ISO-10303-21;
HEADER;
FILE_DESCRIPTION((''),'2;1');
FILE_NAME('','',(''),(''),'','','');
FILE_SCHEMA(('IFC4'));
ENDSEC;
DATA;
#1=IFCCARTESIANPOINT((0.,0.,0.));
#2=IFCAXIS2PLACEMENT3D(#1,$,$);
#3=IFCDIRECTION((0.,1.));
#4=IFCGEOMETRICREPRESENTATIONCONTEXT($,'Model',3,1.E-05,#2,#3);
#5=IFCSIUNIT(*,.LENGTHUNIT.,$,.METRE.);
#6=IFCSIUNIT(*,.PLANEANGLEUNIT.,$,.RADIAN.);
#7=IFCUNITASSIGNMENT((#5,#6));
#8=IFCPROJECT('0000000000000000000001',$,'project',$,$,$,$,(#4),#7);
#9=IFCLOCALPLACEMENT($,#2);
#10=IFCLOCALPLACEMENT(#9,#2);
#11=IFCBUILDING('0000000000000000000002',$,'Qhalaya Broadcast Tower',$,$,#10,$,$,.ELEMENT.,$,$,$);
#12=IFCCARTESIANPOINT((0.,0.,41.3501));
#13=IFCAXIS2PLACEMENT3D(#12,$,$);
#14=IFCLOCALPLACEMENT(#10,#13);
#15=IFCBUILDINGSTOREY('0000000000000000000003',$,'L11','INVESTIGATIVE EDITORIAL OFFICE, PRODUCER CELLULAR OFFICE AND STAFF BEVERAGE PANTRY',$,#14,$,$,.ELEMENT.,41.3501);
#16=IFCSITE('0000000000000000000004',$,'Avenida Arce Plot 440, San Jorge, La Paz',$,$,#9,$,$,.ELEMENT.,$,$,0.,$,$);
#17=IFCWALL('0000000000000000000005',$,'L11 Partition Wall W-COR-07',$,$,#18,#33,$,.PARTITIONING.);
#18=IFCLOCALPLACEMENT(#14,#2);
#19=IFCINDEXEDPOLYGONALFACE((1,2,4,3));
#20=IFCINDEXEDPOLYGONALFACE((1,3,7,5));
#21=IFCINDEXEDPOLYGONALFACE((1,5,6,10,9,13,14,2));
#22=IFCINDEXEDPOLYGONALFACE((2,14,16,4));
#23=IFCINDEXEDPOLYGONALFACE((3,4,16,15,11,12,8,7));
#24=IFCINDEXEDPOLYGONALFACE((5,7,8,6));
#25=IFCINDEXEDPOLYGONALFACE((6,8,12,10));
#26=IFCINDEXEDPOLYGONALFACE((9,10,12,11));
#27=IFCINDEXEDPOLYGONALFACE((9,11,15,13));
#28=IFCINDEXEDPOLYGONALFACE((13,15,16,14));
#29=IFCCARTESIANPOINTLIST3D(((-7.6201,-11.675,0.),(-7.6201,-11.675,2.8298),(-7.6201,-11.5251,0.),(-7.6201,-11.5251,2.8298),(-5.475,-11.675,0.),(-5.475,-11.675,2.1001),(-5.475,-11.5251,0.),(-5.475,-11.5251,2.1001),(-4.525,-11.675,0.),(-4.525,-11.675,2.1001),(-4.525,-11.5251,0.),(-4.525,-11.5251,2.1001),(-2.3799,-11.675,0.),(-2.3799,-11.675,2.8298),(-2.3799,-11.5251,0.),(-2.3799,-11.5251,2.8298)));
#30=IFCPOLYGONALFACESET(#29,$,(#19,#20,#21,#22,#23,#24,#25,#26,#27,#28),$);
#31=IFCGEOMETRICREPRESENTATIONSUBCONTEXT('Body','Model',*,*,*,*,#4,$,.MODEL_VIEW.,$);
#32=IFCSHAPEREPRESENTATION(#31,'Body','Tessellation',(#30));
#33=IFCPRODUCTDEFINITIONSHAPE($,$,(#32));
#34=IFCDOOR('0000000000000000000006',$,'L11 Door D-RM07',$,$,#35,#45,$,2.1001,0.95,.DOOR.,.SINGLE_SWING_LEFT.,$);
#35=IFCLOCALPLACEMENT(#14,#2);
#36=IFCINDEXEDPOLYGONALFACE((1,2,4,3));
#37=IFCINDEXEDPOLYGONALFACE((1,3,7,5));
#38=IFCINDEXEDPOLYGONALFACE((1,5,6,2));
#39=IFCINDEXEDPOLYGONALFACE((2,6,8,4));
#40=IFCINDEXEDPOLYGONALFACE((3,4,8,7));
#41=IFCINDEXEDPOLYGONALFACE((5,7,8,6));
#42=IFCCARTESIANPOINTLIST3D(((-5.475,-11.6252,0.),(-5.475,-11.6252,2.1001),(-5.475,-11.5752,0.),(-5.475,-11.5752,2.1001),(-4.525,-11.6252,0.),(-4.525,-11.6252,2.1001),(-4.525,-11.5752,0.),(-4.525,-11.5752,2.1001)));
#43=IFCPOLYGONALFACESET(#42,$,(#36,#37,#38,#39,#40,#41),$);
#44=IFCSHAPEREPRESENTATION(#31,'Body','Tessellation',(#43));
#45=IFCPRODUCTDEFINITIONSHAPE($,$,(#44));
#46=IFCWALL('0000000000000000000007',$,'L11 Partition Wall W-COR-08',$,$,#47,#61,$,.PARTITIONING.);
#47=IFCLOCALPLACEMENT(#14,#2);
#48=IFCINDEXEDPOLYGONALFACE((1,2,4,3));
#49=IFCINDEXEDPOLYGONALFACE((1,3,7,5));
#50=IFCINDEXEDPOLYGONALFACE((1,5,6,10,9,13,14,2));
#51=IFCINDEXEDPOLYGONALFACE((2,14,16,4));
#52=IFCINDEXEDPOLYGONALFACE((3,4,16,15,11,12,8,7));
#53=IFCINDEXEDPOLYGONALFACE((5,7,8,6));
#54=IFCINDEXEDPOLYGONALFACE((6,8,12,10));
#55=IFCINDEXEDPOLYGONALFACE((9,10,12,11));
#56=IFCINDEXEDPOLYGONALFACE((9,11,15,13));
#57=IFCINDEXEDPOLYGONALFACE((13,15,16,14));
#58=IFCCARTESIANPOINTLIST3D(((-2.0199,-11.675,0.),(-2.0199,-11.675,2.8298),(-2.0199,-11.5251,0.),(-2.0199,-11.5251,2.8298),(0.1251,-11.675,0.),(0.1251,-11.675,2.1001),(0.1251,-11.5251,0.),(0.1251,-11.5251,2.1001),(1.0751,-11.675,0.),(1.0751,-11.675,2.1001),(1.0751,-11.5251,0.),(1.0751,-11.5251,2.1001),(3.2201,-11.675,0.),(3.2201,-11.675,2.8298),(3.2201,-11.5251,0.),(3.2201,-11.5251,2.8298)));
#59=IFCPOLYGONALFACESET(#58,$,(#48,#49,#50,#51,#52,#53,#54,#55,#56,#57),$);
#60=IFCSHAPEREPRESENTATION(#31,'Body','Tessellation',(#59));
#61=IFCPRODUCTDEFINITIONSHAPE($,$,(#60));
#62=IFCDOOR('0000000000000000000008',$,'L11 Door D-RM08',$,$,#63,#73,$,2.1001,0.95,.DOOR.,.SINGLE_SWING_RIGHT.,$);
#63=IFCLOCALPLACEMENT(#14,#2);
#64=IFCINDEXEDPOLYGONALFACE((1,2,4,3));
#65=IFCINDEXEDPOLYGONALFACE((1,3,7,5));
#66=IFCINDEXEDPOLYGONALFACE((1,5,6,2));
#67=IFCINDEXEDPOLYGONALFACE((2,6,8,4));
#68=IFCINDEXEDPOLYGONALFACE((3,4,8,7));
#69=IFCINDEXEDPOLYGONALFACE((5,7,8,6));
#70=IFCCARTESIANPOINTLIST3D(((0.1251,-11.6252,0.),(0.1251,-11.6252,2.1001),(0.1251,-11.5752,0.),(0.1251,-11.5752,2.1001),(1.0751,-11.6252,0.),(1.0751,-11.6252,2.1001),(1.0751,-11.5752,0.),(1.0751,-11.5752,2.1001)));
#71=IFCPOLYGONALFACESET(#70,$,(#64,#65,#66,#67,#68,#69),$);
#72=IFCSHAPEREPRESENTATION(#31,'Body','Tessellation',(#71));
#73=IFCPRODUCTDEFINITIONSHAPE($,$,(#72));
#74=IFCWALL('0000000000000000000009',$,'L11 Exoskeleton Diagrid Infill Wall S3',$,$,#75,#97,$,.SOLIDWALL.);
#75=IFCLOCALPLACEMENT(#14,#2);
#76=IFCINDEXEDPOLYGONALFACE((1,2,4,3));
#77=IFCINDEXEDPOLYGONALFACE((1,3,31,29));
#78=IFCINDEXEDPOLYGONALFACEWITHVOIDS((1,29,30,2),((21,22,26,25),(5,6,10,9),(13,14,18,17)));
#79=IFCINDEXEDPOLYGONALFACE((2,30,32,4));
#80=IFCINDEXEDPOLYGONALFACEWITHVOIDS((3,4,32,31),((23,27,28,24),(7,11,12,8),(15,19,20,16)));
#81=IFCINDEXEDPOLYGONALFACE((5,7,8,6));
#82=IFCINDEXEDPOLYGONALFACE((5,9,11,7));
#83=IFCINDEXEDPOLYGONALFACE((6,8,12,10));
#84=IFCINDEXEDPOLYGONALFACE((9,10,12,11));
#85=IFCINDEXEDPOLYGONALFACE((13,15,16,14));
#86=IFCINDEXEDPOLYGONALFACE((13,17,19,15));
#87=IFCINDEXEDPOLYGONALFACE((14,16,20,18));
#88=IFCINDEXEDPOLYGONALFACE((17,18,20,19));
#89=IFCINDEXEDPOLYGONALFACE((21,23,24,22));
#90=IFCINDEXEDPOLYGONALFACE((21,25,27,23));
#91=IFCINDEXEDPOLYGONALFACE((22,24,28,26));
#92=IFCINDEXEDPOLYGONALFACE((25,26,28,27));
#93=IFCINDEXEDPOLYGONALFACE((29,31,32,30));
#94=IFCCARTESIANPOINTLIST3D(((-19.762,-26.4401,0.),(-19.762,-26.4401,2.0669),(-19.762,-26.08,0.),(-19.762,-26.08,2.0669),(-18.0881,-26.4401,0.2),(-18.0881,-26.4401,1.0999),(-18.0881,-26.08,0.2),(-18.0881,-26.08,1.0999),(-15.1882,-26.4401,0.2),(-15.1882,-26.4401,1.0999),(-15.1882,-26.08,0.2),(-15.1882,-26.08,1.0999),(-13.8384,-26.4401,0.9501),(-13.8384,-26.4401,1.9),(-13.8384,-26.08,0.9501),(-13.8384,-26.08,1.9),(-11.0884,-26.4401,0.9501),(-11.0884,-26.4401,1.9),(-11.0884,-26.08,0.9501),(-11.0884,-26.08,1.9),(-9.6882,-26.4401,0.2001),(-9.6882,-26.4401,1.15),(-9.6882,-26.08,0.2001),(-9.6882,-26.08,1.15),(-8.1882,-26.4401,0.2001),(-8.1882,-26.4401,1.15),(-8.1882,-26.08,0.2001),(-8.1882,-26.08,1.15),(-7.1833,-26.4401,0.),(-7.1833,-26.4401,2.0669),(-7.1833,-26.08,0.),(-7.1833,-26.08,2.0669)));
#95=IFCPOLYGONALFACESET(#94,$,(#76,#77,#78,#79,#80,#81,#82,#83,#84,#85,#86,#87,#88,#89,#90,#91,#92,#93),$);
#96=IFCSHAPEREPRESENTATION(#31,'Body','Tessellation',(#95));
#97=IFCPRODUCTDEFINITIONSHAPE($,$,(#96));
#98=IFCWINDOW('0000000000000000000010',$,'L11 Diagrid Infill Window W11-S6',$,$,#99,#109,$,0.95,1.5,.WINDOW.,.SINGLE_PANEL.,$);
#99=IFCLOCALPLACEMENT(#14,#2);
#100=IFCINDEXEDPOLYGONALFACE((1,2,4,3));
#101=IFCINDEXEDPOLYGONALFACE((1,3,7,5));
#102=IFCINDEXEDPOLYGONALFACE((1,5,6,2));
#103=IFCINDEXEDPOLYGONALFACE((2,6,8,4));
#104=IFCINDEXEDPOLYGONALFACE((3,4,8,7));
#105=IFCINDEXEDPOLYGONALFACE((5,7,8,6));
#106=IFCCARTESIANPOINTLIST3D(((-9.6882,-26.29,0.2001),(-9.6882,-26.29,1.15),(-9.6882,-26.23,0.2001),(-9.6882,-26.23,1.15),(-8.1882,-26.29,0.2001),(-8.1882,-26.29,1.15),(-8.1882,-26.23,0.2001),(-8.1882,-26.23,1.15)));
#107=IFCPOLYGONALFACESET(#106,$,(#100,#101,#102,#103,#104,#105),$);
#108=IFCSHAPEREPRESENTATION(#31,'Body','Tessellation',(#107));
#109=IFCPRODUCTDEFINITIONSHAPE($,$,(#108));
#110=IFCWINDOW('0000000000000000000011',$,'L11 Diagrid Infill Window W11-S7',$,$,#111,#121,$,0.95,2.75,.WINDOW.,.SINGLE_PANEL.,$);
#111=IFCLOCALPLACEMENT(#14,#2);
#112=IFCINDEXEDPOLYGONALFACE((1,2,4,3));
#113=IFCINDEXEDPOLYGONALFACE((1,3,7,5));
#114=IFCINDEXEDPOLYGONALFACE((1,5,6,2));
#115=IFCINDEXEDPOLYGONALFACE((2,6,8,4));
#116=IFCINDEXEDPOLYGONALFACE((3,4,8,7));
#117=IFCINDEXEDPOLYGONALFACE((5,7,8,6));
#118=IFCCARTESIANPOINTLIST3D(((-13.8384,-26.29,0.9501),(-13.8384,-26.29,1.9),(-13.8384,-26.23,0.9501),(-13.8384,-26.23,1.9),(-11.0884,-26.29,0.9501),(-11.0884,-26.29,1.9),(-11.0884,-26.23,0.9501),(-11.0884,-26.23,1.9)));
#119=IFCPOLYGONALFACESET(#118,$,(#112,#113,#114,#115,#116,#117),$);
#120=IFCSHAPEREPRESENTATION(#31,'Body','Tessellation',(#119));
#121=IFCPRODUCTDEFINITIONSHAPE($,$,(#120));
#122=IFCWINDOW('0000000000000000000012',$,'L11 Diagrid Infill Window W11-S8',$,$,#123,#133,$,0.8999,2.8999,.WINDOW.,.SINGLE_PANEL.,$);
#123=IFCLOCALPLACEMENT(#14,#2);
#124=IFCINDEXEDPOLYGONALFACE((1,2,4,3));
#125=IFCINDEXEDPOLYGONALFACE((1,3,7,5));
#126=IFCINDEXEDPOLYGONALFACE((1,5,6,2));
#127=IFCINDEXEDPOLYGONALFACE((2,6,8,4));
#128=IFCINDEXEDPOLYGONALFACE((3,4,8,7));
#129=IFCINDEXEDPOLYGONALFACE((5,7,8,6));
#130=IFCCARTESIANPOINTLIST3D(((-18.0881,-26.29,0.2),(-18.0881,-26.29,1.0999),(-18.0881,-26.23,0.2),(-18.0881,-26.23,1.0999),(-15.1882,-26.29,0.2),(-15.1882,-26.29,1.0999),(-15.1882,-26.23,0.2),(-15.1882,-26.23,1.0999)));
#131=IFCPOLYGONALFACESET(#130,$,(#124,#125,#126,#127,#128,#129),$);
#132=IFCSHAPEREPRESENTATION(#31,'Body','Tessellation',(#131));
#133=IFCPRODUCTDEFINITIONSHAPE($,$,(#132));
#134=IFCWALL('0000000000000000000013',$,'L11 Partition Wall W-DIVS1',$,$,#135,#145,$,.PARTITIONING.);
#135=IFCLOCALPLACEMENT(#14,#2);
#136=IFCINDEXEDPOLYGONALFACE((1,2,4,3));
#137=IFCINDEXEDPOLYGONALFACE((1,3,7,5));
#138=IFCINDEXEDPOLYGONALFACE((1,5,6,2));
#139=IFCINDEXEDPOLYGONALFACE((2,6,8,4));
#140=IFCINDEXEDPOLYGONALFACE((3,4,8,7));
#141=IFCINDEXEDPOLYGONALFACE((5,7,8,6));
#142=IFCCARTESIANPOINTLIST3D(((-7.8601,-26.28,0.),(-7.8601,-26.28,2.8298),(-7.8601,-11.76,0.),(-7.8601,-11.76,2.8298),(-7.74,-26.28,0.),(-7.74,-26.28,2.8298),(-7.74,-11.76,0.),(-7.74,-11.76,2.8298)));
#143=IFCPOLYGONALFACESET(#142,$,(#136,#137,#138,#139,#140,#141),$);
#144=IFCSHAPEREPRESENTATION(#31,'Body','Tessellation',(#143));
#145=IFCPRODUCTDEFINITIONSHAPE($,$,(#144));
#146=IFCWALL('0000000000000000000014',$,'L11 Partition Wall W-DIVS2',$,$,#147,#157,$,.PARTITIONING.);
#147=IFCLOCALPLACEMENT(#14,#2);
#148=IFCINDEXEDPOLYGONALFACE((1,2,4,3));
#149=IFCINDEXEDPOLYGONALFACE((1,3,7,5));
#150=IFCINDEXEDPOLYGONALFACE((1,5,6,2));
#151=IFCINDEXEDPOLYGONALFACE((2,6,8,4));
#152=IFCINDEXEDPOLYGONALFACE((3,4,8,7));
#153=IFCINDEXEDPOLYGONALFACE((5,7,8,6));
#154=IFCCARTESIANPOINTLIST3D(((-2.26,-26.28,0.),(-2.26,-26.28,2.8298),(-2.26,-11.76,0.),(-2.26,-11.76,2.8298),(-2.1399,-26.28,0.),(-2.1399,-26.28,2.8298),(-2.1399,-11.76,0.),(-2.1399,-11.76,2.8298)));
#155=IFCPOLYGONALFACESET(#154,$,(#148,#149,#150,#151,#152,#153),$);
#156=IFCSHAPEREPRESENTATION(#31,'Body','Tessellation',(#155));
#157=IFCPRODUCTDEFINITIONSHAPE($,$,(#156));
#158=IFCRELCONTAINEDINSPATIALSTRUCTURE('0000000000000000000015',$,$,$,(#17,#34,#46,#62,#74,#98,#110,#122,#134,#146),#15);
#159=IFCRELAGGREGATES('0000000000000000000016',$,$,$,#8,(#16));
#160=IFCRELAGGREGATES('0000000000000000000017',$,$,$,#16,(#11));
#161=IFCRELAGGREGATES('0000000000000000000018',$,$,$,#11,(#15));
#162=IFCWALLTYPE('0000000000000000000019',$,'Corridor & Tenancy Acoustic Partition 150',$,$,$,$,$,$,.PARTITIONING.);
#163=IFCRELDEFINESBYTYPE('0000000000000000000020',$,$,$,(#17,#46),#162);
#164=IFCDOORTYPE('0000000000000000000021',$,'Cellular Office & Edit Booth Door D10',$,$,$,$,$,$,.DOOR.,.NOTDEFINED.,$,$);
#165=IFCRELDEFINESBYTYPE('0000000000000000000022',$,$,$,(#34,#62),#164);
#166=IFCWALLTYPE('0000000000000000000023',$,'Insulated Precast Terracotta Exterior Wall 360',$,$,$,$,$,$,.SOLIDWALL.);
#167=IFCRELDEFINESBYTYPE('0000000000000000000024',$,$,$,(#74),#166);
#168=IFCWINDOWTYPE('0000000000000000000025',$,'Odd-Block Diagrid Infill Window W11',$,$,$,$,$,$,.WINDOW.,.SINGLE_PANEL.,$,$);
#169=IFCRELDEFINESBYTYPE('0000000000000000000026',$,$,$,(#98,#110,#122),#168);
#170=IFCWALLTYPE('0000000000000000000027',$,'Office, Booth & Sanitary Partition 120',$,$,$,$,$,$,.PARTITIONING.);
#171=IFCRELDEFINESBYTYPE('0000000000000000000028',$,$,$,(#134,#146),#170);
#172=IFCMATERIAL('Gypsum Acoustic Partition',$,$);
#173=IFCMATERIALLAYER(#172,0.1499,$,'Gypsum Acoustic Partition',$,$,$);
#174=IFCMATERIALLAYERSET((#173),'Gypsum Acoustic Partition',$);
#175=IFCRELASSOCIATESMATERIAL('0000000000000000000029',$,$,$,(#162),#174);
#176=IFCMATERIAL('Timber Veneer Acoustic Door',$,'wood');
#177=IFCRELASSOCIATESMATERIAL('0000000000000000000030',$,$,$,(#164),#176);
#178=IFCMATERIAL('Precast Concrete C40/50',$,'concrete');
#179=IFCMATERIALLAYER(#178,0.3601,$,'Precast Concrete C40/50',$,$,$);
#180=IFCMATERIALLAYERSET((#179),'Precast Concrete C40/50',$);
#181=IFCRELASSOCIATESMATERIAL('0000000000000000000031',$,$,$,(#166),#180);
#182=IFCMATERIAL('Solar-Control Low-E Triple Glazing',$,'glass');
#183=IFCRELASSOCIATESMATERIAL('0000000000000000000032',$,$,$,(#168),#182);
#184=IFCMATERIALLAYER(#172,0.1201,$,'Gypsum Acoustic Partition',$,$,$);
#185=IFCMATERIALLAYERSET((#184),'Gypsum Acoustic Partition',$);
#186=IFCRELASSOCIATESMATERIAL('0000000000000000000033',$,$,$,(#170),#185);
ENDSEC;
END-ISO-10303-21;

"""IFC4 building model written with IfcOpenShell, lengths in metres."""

from ifc_helpers import new_model, si_unit, direction, frame, frame_2d, origin, place, context, subcontext, project, spatial, rectangle, extrude, material, layer, layer_set, type_object, element, fill, save


model = new_model("IFC4")

# Units and contexts
model_context = context("Model", 3, precision=1e-05, world=origin(), true_north=direction((0.0, 1.0)))
body_context = subcontext(model_context, "Body", "Model", "MODEL_VIEW")
ifc_project = project(units=[si_unit("LENGTHUNIT", "METRE"), si_unit("PLANEANGLEUNIT", "RADIAN")], contexts=[model_context])

# Site, building, storey
site_placement = place(None, origin())
site = spatial("IfcSite", under=ifc_project, at=site_placement, Name="Avenida Arce Plot 440, San Jorge, La Paz", CompositionType="ELEMENT", RefElevation=0.0)
building_placement = place(site_placement, origin())
building = spatial("IfcBuilding", under=site, at=building_placement, Name="Qhalaya Broadcast Tower", CompositionType="ELEMENT")
storey_placement = place(building_placement, frame((0.0, 0.0, 41.3501)))
storey = spatial("IfcBuildingStorey", under=building, at=storey_placement, Name="L11", Description="INVESTIGATIVE EDITORIAL OFFICE, PRODUCER CELLULAR OFFICE AND STAFF BEVERAGE PANTRY", CompositionType="ELEMENT", Elevation=41.3501)

# Walls, openings, doors
ifc_material_1 = material(Name="Gypsum Acoustic Partition")
ifc_layer_1 = layer(ifc_material_1, 0.1499, Name="Gypsum Acoustic Partition")
ifc_layer_set_1 = layer_set([ifc_layer_1], Name="Gypsum Acoustic Partition")
wall_type_1 = type_object("IfcWallType", Name="Corridor & Tenancy Acoustic Partition 150", PredefinedType="PARTITIONING", material=ifc_layer_set_1)
wall_1_placement = place(storey_placement, frame((-7.6201, -11.6001, 0.0), z_axis=(0.0, 0.0, 1.0), x_axis=(1.0, 0.0, 0.0)))
wall_1 = element("IfcWall", 1, at=wall_1_placement, inside=storey, type_object=wall_type_1, Name="L11 Partition Wall W-COR-07", PredefinedType="PARTITIONING", context=body_context, shape_type="SweptSolid", body=[
    extrude(rectangle(XDim=5.2402, YDim=0.1499, at=frame_2d((2.6201, 0.0))), origin(), (0.0, 0.0, 1.0), 2.8298),
])
opening_1_placement = place(wall_1_placement, frame((2.145, 0.0, 0.0)))
opening_1 = element("IfcOpeningElement", 2, at=opening_1_placement, cuts=wall_1, PredefinedType="OPENING", context=body_context, shape_type="SweptSolid", body=[
    extrude(rectangle(XDim=0.95, YDim=2.1001, at=frame_2d((0.4751, 1.05))), frame((0.0, 0.0869, 0.0), z_axis=(0.0, -1.0, 0.0), x_axis=(1.0, 0.0, 0.0)), (0.0, 0.0, 1.0), 0.1738),
])
ifc_material_2 = material(Name="Timber Veneer Acoustic Door", Category="wood")
door_type = type_object("IfcDoorType", Name="Cellular Office & Edit Booth Door D10", OperationType="NOTDEFINED", PredefinedType="DOOR", material=ifc_material_2)
door_1_placement = place(opening_1_placement, origin())
door_1 = element("IfcDoor", 3, at=door_1_placement, inside=storey, type_object=door_type, Name="L11 Door D-RM07", OperationType="SINGLE_SWING_LEFT", OverallHeight=2.1001, OverallWidth=0.95, PredefinedType="DOOR", context=body_context, shape_type="SweptSolid", body=[
    extrude(rectangle(XDim=0.95, YDim=2.1001, at=frame_2d((0.4751, 1.05))), frame((0.0, 0.0249, 0.0), z_axis=(0.0, -1.0, 0.0), x_axis=(1.0, 0.0, 0.0)), (0.0, 0.0, 1.0), 0.05),
])
fill(opening_1, door_1)
wall_2_placement = place(storey_placement, frame((-2.02, -11.6001, 0.0), z_axis=(0.0, 0.0, 1.0), x_axis=(1.0, 0.0, 0.0)))
wall_2 = element("IfcWall", 4, at=wall_2_placement, inside=storey, type_object=wall_type_1, Name="L11 Partition Wall W-COR-08", PredefinedType="PARTITIONING", context=body_context, shape_type="SweptSolid", body=[
    extrude(rectangle(XDim=5.24, YDim=0.1499, at=frame_2d((2.6201, 0.0))), origin(), (0.0, 0.0, 1.0), 2.8298),
])
opening_2_placement = place(wall_2_placement, frame((2.145, 0.0, 0.0)))
opening_2 = element("IfcOpeningElement", 5, at=opening_2_placement, cuts=wall_2, PredefinedType="OPENING", context=body_context, shape_type="SweptSolid", body=[
    extrude(rectangle(XDim=0.95, YDim=2.1001, at=frame_2d((0.4751, 1.05))), frame((0.0, 0.0869, 0.0), z_axis=(0.0, -1.0, 0.0), x_axis=(1.0, 0.0, 0.0)), (0.0, 0.0, 1.0), 0.1738),
])
door_2_placement = place(opening_2_placement, origin())
door_2 = element("IfcDoor", 6, at=door_2_placement, inside=storey, type_object=door_type, Name="L11 Door D-RM08", OperationType="SINGLE_SWING_RIGHT", OverallHeight=2.1001, OverallWidth=0.95, PredefinedType="DOOR", context=body_context, shape_type="SweptSolid", body=[
    extrude(rectangle(XDim=0.95, YDim=2.1001, at=frame_2d((0.4751, 1.05))), frame((0.0, 0.0249, 0.0), z_axis=(0.0, -1.0, 0.0), x_axis=(1.0, 0.0, 0.0)), (0.0, 0.0, 1.0), 0.05),
])
fill(opening_2, door_2)

# Wall, openings, windows
ifc_material_3 = material(Name="Precast Concrete C40/50", Category="concrete")
ifc_layer_2 = layer(ifc_material_3, 0.3601, Name="Precast Concrete C40/50")
ifc_layer_set_2 = layer_set([ifc_layer_2], Name="Precast Concrete C40/50")
wall_type_2 = type_object("IfcWallType", Name="Insulated Precast Terracotta Exterior Wall 360", PredefinedType="SOLIDWALL", material=ifc_layer_set_2)
wall_3_placement = place(storey_placement, frame((-7.1833, -26.26, 0.0), z_axis=(0.0, 0.0, 1.0), x_axis=(-1.0, 0.0, 0.0)))
wall_3 = element("IfcWall", 7, at=wall_3_placement, inside=storey, type_object=wall_type_2, Name="L11 Exoskeleton Diagrid Infill Wall S3", PredefinedType="SOLIDWALL", context=body_context, shape_type="SweptSolid", body=[
    extrude(rectangle(XDim=12.5786, YDim=0.3601, at=frame_2d((6.2893, 0.0))), origin(), (0.0, 0.0, 1.0), 2.0669),
])
opening_3_placement = place(wall_3_placement, frame((1.0049, 0.0, 0.2)))
opening_3 = element("IfcOpeningElement", 8, at=opening_3_placement, cuts=wall_3, PredefinedType="OPENING", context=body_context, shape_type="SweptSolid", body=[
    extrude(rectangle(XDim=1.5, YDim=0.95, at=frame_2d((0.75, 0.4751))), frame((0.0, 0.1921, 0.0), z_axis=(0.0, -1.0, 0.0), x_axis=(1.0, 0.0, 0.0)), (0.0, 0.0, 1.0), 0.384),
])
opening_4_placement = place(wall_3_placement, frame((3.905, 0.0, 0.95)))
opening_4 = element("IfcOpeningElement", 9, at=opening_4_placement, cuts=wall_3, PredefinedType="OPENING", context=body_context, shape_type="SweptSolid", body=[
    extrude(rectangle(XDim=2.75, YDim=0.95, at=frame_2d((1.375, 0.4751))), frame((0.0, 0.1921, 0.0), z_axis=(0.0, -1.0, 0.0), x_axis=(1.0, 0.0, 0.0)), (0.0, 0.0, 1.0), 0.384),
])
opening_5_placement = place(wall_3_placement, frame((8.0049, 0.0, 0.2)))
opening_5 = element("IfcOpeningElement", 10, at=opening_5_placement, cuts=wall_3, PredefinedType="OPENING", context=body_context, shape_type="SweptSolid", body=[
    extrude(rectangle(XDim=2.8999, YDim=0.8999, at=frame_2d((1.45, 0.45))), frame((0.0, 0.1921, 0.0), z_axis=(0.0, -1.0, 0.0), x_axis=(1.0, 0.0, 0.0)), (0.0, 0.0, 1.0), 0.384),
])
ifc_material_4 = material(Name="Solar-Control Low-E Triple Glazing", Category="glass")
window_type = type_object("IfcWindowType", Name="Odd-Block Diagrid Infill Window W11", PartitioningType="SINGLE_PANEL", PredefinedType="WINDOW", material=ifc_material_4)
window_1_placement = place(opening_3_placement, origin())
window_1 = element("IfcWindow", 11, at=window_1_placement, inside=storey, type_object=window_type, Name="L11 Diagrid Infill Window W11-S6", OverallHeight=0.95, OverallWidth=1.5, PartitioningType="SINGLE_PANEL", PredefinedType="WINDOW", context=body_context, shape_type="SweptSolid", body=[
    extrude(rectangle(XDim=1.5, YDim=0.95, at=frame_2d((0.75, 0.4751))), frame((0.0, 0.03, 0.0), z_axis=(0.0, -1.0, 0.0), x_axis=(1.0, 0.0, 0.0)), (0.0, 0.0, 1.0), 0.0601),
])
fill(opening_3, window_1)
window_2_placement = place(opening_4_placement, origin())
window_2 = element("IfcWindow", 12, at=window_2_placement, inside=storey, type_object=window_type, Name="L11 Diagrid Infill Window W11-S7", OverallHeight=0.95, OverallWidth=2.75, PartitioningType="SINGLE_PANEL", PredefinedType="WINDOW", context=body_context, shape_type="SweptSolid", body=[
    extrude(rectangle(XDim=2.75, YDim=0.95, at=frame_2d((1.375, 0.4751))), frame((0.0, 0.03, 0.0), z_axis=(0.0, -1.0, 0.0), x_axis=(1.0, 0.0, 0.0)), (0.0, 0.0, 1.0), 0.0601),
])
fill(opening_4, window_2)
window_3_placement = place(opening_5_placement, origin())
window_3 = element("IfcWindow", 13, at=window_3_placement, inside=storey, type_object=window_type, Name="L11 Diagrid Infill Window W11-S8", OverallHeight=0.8999, OverallWidth=2.8999, PartitioningType="SINGLE_PANEL", PredefinedType="WINDOW", context=body_context, shape_type="SweptSolid", body=[
    extrude(rectangle(XDim=2.8999, YDim=0.8999, at=frame_2d((1.45, 0.45))), frame((0.0, 0.03, 0.0), z_axis=(0.0, -1.0, 0.0), x_axis=(1.0, 0.0, 0.0)), (0.0, 0.0, 1.0), 0.0601),
])
fill(opening_5, window_3)

# Walls
ifc_layer_3 = layer(ifc_material_1, 0.1201, Name="Gypsum Acoustic Partition")
ifc_layer_set_3 = layer_set([ifc_layer_3], Name="Gypsum Acoustic Partition")
wall_type_3 = type_object("IfcWallType", Name="Office, Booth & Sanitary Partition 120", PredefinedType="PARTITIONING", material=ifc_layer_set_3)
for number, where, z_axis, x_axis, name in (
    (14, (-7.8, -26.28, 0.0), (0.0, 0.0, 1.0), (0.0, 1.0, 0.0), "L11 Partition Wall W-DIVS1"),
    (15, (-2.2, -26.28, 0.0), (0.0, 0.0, 1.0), (0.0, 1.0, 0.0), "L11 Partition Wall W-DIVS2"),
):
    element("IfcWall", number, at=place(storey_placement, frame(where, z_axis=z_axis, x_axis=x_axis)), inside=storey, type_object=wall_type_3, Name=name, PredefinedType="PARTITIONING", context=body_context, shape_type="SweptSolid", body=[
        extrude(rectangle(XDim=14.52, YDim=0.1201, at=frame_2d((7.26, 0.0))), origin(), (0.0, 0.0, 1.0), 2.8298),
    ])

save(model, "model.ifc")
